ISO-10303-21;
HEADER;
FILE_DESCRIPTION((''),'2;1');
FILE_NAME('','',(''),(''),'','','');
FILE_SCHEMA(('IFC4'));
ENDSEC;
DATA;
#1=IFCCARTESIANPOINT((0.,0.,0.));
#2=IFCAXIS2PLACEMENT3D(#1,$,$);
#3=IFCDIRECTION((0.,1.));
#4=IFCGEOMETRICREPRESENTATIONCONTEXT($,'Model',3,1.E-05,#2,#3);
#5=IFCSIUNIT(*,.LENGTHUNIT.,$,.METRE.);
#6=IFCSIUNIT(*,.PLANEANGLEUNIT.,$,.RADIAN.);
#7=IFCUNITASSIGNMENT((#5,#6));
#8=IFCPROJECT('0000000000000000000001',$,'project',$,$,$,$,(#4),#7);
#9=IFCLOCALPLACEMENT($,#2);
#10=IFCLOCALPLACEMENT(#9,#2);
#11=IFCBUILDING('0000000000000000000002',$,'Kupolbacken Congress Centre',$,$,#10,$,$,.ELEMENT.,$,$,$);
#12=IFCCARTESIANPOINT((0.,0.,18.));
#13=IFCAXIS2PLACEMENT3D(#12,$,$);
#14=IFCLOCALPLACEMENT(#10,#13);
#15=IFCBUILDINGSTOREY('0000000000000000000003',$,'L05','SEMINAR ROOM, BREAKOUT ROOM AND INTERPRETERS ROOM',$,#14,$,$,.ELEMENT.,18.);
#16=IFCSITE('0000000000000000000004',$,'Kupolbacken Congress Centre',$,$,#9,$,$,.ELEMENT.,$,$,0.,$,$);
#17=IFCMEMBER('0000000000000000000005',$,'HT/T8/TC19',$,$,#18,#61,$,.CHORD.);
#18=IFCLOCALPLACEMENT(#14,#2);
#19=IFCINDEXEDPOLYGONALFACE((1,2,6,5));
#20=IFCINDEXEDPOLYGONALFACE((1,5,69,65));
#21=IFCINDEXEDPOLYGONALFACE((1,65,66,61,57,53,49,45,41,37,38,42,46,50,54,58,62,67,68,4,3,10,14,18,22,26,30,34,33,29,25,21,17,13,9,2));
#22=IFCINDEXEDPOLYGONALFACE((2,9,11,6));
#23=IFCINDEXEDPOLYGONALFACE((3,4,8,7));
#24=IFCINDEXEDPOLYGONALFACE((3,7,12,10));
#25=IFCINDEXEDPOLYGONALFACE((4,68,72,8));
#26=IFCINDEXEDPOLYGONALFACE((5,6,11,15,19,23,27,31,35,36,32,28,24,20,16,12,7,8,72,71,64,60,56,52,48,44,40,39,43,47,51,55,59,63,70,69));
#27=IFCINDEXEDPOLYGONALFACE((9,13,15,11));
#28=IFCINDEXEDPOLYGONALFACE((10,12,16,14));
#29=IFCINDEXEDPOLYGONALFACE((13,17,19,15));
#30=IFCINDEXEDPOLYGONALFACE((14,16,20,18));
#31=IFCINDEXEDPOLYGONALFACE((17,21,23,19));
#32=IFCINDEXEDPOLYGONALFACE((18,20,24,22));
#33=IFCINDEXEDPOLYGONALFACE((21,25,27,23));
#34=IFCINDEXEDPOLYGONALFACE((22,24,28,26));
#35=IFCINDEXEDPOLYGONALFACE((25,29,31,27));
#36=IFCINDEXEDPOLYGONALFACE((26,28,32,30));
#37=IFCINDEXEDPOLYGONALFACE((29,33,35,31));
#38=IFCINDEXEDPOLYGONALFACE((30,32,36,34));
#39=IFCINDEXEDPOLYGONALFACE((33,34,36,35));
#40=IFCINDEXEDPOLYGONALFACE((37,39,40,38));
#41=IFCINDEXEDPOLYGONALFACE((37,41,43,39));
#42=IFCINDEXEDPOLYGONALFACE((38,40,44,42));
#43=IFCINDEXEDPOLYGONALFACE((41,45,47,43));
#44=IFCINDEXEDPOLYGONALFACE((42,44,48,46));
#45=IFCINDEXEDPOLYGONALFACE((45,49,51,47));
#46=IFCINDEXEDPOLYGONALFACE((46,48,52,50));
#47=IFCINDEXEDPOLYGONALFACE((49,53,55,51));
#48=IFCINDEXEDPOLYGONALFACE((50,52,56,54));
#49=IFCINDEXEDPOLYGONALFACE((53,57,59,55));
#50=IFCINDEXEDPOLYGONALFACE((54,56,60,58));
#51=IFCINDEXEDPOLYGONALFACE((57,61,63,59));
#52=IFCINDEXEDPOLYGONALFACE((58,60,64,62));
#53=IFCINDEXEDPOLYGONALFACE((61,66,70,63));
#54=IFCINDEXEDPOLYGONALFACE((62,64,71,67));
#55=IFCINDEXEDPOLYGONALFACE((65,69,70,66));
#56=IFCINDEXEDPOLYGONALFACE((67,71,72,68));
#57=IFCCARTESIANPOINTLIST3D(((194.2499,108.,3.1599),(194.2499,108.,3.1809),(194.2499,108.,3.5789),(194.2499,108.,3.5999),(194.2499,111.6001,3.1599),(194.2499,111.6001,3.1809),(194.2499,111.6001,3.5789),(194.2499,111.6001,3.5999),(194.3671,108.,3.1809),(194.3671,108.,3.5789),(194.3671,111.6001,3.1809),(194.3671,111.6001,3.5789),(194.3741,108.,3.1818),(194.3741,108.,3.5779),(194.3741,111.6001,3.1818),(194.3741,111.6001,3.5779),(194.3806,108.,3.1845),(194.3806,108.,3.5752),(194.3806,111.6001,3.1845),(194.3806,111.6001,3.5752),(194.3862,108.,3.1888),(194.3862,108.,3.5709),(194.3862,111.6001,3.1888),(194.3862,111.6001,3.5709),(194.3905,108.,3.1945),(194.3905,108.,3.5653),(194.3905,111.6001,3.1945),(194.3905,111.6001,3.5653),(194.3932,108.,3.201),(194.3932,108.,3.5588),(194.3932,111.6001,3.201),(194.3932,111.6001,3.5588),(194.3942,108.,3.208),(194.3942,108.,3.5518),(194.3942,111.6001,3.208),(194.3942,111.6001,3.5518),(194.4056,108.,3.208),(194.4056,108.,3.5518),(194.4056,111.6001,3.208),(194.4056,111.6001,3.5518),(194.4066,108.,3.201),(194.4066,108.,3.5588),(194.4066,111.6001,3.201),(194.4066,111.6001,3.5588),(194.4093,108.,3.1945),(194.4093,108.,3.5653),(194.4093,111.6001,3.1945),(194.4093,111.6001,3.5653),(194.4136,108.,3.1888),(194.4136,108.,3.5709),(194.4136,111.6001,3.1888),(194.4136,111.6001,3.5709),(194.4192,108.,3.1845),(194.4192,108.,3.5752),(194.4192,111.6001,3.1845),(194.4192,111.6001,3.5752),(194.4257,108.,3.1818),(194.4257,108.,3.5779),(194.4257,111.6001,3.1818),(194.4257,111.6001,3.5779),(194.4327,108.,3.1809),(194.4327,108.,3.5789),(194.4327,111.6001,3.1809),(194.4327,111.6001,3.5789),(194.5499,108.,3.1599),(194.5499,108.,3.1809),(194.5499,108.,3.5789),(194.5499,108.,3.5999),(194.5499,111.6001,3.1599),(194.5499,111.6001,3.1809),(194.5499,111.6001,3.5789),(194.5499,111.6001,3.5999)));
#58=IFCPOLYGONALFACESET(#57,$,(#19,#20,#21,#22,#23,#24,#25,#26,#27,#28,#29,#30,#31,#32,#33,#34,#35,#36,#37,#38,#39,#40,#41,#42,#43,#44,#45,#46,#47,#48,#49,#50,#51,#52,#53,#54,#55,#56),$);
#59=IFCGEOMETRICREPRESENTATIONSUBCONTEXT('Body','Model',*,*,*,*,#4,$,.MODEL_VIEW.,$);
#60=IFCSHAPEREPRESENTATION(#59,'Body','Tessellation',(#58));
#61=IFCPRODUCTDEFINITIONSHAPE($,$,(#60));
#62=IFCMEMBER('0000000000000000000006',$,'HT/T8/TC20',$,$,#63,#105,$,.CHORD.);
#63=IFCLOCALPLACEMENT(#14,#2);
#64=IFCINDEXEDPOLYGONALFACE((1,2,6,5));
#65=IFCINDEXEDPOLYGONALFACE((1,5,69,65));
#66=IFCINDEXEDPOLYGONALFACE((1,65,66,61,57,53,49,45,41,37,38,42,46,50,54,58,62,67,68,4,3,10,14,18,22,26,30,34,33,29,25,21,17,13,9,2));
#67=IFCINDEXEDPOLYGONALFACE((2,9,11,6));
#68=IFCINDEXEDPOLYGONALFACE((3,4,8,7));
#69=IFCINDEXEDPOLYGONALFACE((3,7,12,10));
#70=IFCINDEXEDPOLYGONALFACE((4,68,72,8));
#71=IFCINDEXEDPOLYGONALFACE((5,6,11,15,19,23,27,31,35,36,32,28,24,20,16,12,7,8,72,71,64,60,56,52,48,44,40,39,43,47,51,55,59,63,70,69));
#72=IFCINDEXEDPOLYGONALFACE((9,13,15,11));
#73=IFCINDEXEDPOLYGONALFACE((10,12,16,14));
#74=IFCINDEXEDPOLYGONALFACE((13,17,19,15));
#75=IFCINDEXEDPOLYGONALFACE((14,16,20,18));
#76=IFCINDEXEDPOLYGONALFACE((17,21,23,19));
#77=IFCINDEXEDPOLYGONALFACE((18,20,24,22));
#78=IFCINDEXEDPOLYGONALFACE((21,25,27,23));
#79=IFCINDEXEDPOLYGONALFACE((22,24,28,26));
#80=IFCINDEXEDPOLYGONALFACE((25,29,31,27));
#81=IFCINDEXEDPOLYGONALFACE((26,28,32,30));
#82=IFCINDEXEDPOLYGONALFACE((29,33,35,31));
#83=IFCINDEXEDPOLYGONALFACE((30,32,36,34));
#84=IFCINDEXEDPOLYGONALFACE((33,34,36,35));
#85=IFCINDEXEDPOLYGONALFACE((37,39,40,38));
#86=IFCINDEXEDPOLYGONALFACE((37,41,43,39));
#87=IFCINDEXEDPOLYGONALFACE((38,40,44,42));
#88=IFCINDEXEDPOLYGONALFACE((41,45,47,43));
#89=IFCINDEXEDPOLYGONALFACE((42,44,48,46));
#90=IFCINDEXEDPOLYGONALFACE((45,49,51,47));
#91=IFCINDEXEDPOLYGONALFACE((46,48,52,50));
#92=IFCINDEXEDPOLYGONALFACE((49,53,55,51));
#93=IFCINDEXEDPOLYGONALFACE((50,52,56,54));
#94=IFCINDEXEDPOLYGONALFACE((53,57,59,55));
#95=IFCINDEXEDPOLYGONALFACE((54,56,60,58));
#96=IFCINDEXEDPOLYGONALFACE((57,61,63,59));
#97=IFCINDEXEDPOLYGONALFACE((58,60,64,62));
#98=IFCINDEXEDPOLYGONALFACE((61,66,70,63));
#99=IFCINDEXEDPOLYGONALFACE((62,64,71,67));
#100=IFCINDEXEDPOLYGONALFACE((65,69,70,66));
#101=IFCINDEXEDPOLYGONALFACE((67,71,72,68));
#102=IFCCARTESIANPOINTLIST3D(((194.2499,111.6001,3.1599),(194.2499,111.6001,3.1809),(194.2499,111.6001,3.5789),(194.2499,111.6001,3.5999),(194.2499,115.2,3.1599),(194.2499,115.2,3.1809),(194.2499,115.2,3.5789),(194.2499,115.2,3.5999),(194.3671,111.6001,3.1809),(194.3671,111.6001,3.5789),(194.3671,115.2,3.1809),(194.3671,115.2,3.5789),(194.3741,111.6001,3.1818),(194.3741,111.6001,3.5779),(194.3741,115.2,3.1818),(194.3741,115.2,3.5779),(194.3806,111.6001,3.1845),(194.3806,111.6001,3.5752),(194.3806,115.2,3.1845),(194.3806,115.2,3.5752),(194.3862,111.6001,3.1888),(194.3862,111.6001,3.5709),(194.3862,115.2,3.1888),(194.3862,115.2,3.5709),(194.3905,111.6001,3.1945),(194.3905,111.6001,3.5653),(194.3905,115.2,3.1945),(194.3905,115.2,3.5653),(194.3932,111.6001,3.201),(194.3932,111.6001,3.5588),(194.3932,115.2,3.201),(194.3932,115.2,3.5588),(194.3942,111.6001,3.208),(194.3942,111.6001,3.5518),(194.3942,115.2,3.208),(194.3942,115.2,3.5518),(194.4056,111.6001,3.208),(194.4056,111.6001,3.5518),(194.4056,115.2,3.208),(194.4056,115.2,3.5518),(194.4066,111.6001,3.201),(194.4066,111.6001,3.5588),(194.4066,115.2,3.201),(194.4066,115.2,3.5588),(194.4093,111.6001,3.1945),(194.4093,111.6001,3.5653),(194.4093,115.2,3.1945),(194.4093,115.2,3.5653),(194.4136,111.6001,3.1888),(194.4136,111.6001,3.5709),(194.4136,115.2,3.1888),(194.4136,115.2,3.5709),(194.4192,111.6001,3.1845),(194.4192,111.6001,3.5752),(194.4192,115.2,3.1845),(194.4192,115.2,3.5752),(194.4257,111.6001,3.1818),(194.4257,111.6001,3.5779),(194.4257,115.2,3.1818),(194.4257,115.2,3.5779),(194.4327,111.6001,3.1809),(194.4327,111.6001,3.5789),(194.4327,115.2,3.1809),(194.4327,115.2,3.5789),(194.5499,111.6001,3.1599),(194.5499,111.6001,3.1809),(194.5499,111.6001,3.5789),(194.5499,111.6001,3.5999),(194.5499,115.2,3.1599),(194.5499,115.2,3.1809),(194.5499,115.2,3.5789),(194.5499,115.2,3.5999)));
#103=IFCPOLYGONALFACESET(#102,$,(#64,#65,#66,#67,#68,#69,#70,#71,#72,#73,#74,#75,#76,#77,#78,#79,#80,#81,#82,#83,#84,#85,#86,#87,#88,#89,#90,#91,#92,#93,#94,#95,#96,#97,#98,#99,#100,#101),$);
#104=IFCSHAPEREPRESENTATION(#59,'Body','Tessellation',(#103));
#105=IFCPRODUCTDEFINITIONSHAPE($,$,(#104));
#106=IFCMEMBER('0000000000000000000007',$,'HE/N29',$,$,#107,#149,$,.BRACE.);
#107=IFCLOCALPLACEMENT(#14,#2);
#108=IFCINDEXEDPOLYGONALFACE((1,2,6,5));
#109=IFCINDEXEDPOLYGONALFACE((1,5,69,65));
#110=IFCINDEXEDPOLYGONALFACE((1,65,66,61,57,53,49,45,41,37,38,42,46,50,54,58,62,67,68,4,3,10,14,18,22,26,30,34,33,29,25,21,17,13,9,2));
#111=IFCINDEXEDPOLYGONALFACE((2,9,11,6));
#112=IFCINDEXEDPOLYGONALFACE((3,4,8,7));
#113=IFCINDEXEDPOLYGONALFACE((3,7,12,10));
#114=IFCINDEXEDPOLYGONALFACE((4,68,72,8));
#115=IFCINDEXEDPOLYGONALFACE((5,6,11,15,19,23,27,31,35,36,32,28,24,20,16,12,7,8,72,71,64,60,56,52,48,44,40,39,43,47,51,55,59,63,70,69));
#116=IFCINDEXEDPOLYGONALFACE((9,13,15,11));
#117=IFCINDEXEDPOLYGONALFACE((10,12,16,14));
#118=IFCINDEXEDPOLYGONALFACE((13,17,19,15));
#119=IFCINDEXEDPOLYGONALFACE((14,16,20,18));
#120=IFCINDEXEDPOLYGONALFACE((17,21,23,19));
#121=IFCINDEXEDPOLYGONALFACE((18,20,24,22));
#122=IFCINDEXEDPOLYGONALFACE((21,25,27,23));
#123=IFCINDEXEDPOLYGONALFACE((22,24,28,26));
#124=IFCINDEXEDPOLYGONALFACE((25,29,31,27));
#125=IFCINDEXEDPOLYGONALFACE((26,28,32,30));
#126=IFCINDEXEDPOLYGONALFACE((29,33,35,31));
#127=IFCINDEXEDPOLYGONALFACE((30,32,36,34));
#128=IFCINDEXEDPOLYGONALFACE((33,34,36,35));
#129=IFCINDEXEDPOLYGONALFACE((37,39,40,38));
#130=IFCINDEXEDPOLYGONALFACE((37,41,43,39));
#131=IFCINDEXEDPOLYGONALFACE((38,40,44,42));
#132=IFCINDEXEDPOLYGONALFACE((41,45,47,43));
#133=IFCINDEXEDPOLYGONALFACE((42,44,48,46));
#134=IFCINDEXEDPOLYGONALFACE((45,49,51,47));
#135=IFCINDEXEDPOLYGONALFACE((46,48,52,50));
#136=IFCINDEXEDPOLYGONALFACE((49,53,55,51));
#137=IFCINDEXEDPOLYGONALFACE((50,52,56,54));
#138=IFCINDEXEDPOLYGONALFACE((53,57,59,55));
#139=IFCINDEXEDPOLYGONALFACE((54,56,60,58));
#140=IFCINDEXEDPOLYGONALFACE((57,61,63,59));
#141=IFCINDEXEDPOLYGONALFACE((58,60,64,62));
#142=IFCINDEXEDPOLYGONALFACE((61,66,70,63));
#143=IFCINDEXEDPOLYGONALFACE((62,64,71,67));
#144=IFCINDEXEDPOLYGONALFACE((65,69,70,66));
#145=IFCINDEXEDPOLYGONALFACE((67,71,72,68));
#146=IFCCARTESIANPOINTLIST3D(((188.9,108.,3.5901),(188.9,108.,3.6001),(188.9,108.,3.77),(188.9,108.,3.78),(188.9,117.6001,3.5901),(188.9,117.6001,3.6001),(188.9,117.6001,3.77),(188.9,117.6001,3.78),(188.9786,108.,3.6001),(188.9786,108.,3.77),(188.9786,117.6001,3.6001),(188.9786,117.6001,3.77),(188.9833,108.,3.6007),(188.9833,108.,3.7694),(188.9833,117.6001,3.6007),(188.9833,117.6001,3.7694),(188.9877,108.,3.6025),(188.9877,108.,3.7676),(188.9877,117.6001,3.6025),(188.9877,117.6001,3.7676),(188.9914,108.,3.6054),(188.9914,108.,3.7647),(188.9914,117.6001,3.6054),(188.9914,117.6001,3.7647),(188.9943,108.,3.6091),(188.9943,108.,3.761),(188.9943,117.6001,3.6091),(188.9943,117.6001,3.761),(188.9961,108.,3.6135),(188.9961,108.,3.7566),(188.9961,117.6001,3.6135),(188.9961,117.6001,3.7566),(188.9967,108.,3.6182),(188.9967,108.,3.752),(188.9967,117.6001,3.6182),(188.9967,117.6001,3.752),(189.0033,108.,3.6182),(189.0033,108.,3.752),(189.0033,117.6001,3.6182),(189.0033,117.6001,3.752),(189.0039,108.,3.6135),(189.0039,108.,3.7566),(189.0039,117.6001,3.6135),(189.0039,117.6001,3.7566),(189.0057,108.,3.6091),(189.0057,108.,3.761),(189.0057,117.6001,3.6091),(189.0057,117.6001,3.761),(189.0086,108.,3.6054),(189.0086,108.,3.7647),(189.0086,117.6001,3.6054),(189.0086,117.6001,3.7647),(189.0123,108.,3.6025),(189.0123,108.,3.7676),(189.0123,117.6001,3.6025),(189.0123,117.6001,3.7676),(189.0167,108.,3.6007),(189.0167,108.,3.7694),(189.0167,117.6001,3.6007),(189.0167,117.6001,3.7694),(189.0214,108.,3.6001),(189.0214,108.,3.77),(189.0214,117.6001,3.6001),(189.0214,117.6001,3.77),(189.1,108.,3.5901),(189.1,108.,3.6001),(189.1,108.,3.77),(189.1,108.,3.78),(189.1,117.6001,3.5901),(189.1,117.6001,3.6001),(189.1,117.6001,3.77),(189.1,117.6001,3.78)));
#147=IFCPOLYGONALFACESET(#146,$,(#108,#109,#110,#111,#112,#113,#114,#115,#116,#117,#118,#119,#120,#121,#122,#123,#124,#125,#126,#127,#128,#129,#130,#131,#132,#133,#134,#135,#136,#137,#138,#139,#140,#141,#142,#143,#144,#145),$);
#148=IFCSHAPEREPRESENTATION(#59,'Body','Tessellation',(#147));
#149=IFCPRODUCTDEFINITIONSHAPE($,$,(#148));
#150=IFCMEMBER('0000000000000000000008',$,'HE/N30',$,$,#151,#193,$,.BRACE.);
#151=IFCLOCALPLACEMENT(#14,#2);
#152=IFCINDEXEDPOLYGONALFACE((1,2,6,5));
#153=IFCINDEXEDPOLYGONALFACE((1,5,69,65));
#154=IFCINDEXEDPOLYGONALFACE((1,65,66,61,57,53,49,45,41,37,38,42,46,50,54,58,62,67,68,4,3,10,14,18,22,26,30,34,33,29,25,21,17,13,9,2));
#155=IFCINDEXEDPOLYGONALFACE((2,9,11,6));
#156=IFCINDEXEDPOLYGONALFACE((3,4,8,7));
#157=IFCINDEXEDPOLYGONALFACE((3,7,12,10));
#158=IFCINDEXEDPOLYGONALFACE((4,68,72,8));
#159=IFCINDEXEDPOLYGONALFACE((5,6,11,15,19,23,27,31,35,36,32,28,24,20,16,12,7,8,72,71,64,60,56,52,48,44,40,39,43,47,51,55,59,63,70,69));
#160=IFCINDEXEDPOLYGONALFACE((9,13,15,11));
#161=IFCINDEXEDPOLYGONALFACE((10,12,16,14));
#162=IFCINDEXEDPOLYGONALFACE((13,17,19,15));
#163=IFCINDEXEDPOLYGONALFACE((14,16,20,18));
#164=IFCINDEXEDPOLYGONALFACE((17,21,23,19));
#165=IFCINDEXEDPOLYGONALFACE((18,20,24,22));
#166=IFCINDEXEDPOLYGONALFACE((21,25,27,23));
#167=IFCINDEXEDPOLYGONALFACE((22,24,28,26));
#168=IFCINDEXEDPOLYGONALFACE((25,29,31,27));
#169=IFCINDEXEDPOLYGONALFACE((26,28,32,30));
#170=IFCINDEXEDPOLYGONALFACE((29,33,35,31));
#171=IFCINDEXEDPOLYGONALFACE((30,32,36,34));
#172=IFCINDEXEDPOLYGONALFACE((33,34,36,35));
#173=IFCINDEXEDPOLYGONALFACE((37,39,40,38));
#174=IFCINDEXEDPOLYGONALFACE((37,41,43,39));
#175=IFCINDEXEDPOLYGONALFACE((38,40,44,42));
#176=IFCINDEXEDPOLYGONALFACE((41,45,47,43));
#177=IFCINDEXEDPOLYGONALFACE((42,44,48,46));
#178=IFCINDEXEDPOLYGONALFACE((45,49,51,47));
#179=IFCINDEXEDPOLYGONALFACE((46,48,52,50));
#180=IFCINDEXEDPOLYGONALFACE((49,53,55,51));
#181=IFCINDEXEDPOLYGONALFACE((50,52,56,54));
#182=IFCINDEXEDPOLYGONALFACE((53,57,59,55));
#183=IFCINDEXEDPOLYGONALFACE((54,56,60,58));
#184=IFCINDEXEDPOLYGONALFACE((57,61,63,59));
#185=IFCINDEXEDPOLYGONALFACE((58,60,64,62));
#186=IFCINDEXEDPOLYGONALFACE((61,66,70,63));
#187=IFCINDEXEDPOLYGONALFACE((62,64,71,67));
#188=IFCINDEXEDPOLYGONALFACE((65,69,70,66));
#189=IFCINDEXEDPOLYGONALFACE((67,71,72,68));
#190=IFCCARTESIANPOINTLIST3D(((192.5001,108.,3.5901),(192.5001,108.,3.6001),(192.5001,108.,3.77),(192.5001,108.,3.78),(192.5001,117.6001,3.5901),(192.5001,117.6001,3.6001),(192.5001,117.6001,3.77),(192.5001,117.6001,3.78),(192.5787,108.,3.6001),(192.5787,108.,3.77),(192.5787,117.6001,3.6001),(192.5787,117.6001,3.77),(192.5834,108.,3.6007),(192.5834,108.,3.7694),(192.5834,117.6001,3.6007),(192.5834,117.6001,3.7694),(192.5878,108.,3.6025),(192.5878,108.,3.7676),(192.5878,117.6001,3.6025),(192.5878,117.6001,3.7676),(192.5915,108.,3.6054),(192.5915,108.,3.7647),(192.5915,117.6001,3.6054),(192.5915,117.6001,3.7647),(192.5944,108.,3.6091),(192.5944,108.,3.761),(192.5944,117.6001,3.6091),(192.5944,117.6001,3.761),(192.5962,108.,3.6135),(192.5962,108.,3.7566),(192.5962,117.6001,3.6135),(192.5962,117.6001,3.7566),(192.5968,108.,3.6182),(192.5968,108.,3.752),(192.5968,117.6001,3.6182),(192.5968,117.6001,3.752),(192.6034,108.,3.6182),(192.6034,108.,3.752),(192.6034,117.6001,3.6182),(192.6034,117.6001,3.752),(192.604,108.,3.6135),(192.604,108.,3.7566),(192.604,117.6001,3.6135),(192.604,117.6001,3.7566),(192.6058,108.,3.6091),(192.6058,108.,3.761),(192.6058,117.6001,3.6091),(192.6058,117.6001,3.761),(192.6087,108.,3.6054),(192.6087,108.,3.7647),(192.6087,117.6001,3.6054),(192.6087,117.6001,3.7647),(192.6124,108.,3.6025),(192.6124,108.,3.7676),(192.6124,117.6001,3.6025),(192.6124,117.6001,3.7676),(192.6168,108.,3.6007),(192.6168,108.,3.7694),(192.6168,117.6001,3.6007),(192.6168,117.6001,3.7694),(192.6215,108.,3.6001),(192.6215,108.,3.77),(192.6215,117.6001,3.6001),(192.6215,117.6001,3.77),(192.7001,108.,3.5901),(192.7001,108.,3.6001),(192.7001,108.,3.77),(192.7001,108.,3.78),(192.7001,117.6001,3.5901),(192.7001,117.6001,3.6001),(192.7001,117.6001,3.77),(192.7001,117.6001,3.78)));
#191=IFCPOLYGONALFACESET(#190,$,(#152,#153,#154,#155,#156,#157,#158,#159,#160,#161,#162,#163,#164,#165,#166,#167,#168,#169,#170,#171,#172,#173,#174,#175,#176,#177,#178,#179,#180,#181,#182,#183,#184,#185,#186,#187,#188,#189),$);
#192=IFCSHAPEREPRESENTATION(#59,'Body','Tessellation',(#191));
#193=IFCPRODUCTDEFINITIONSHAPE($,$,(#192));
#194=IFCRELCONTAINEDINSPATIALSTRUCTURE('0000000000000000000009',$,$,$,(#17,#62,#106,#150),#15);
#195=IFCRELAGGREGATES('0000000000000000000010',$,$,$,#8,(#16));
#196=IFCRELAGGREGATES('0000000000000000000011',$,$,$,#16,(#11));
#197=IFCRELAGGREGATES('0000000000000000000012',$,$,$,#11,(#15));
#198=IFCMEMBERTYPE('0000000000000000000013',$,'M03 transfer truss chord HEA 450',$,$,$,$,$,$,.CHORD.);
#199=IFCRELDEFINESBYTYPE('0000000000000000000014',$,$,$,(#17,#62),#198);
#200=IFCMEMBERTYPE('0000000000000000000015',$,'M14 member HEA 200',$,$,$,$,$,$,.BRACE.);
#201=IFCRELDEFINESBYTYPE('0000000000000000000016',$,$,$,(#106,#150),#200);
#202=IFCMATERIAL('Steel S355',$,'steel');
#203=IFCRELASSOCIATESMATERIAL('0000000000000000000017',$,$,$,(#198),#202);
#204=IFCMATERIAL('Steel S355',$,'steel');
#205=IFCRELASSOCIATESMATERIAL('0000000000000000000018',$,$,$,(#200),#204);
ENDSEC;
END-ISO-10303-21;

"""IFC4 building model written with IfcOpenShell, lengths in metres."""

from ifc_helpers import new_model, si_unit, direction, frame, origin, origin_2d, place, context, subcontext, project, spatial, i_section, extrude, material, material_profile, profile_set, type_object, element, save


model = new_model("IFC4")

# Units and contexts
model_context = context("Model", 3, precision=1e-05, world=origin(), true_north=direction((0.0, 1.0)))
body_context = subcontext(model_context, "Body", "Model", "MODEL_VIEW")
ifc_project = project(units=[si_unit("LENGTHUNIT", "METRE"), si_unit("PLANEANGLEUNIT", "RADIAN")], contexts=[model_context])

# Site, building, storey
site_placement = place(None, origin())
site = spatial("IfcSite", under=ifc_project, at=site_placement, Name="Kupolbacken Congress Centre", CompositionType="ELEMENT", RefElevation=0.0)
building_placement = place(site_placement, origin())
building = spatial("IfcBuilding", under=site, at=building_placement, Name="Kupolbacken Congress Centre", CompositionType="ELEMENT")
storey_placement = place(building_placement, frame((0.0, 0.0, 18.0)))
storey = spatial("IfcBuildingStorey", under=building, at=storey_placement, Name="L05", Description="SEMINAR ROOM, BREAKOUT ROOM AND INTERPRETERS ROOM", CompositionType="ELEMENT", Elevation=18.0)

# Members
ifc_material_1 = material(Name="Steel S355", Category="steel")
ifc_material_profile_1 = material_profile(ifc_material_1, i_section(OverallWidth=0.3, OverallDepth=0.4399, WebThickness=0.0115, FlangeThickness=0.021, FilletRadius=0.0271, at=origin_2d()), Name="HEA 450")
ifc_profile_set_1 = profile_set([ifc_material_profile_1], Name="Steel S355")
member_type_1 = type_object("IfcMemberType", Name="M03 transfer truss chord HEA 450", PredefinedType="CHORD", material=ifc_profile_set_1)
member_1_placement = place(storey_placement, frame((194.3999, 108.0, 3.3799), z_axis=(0.0, 1.0, 0.0), x_axis=(-1.0, 0.0, 0.0)))
element("IfcMember", 1, at=member_1_placement, inside=storey, type_object=member_type_1, Name="HT/T8/TC19", PredefinedType="CHORD", context=body_context, shape_type="SweptSolid", body=[
    extrude(i_section(OverallWidth=0.3, OverallDepth=0.4399, WebThickness=0.0115, FlangeThickness=0.021, FilletRadius=0.0271, at=origin_2d()), origin(), (0.0, 0.0, 1.0), 3.6001),
])
member_2_placement = place(storey_placement, frame((194.3999, 111.6001, 3.3799), z_axis=(0.0, 1.0, 0.0), x_axis=(-1.0, 0.0, 0.0)))
element("IfcMember", 2, at=member_2_placement, inside=storey, type_object=member_type_1, Name="HT/T8/TC20", PredefinedType="CHORD", context=body_context, shape_type="SweptSolid", body=[
    extrude(i_section(OverallWidth=0.3, OverallDepth=0.4399, WebThickness=0.0115, FlangeThickness=0.021, FilletRadius=0.0271, at=origin_2d()), origin(), (0.0, 0.0, 1.0), 3.5999),
])
ifc_material_2 = material(Name="Steel S355", Category="steel")
ifc_material_profile_2 = material_profile(ifc_material_2, i_section(OverallWidth=0.2, OverallDepth=0.1899, WebThickness=0.0066, FlangeThickness=0.01, FilletRadius=0.0181, at=origin_2d()), Name="HEA 200")
ifc_profile_set_2 = profile_set([ifc_material_profile_2], Name="Steel S355")
member_type_2 = type_object("IfcMemberType", Name="M14 member HEA 200", PredefinedType="BRACE", material=ifc_profile_set_2)
for number, where, z_axis, x_axis, name in (
    (3, (189.0, 108.0, 3.6851), (0.0, 1.0, 0.0), (-1.0, 0.0, 0.0), "HE/N29"),
    (4, (192.6001, 108.0, 3.6851), (0.0, 1.0, 0.0), (-1.0, 0.0, 0.0), "HE/N30"),
):
    element("IfcMember", number, at=place(storey_placement, frame(where, z_axis=z_axis, x_axis=x_axis)), inside=storey, type_object=member_type_2, Name=name, PredefinedType="BRACE", context=body_context, shape_type="SweptSolid", body=[
        extrude(i_section(OverallWidth=0.2, OverallDepth=0.1899, WebThickness=0.0066, FlangeThickness=0.01, FilletRadius=0.0181, at=origin_2d()), origin(), (0.0, 0.0, 1.0), 9.6001),
    ])

save(model, "model.ifc")
